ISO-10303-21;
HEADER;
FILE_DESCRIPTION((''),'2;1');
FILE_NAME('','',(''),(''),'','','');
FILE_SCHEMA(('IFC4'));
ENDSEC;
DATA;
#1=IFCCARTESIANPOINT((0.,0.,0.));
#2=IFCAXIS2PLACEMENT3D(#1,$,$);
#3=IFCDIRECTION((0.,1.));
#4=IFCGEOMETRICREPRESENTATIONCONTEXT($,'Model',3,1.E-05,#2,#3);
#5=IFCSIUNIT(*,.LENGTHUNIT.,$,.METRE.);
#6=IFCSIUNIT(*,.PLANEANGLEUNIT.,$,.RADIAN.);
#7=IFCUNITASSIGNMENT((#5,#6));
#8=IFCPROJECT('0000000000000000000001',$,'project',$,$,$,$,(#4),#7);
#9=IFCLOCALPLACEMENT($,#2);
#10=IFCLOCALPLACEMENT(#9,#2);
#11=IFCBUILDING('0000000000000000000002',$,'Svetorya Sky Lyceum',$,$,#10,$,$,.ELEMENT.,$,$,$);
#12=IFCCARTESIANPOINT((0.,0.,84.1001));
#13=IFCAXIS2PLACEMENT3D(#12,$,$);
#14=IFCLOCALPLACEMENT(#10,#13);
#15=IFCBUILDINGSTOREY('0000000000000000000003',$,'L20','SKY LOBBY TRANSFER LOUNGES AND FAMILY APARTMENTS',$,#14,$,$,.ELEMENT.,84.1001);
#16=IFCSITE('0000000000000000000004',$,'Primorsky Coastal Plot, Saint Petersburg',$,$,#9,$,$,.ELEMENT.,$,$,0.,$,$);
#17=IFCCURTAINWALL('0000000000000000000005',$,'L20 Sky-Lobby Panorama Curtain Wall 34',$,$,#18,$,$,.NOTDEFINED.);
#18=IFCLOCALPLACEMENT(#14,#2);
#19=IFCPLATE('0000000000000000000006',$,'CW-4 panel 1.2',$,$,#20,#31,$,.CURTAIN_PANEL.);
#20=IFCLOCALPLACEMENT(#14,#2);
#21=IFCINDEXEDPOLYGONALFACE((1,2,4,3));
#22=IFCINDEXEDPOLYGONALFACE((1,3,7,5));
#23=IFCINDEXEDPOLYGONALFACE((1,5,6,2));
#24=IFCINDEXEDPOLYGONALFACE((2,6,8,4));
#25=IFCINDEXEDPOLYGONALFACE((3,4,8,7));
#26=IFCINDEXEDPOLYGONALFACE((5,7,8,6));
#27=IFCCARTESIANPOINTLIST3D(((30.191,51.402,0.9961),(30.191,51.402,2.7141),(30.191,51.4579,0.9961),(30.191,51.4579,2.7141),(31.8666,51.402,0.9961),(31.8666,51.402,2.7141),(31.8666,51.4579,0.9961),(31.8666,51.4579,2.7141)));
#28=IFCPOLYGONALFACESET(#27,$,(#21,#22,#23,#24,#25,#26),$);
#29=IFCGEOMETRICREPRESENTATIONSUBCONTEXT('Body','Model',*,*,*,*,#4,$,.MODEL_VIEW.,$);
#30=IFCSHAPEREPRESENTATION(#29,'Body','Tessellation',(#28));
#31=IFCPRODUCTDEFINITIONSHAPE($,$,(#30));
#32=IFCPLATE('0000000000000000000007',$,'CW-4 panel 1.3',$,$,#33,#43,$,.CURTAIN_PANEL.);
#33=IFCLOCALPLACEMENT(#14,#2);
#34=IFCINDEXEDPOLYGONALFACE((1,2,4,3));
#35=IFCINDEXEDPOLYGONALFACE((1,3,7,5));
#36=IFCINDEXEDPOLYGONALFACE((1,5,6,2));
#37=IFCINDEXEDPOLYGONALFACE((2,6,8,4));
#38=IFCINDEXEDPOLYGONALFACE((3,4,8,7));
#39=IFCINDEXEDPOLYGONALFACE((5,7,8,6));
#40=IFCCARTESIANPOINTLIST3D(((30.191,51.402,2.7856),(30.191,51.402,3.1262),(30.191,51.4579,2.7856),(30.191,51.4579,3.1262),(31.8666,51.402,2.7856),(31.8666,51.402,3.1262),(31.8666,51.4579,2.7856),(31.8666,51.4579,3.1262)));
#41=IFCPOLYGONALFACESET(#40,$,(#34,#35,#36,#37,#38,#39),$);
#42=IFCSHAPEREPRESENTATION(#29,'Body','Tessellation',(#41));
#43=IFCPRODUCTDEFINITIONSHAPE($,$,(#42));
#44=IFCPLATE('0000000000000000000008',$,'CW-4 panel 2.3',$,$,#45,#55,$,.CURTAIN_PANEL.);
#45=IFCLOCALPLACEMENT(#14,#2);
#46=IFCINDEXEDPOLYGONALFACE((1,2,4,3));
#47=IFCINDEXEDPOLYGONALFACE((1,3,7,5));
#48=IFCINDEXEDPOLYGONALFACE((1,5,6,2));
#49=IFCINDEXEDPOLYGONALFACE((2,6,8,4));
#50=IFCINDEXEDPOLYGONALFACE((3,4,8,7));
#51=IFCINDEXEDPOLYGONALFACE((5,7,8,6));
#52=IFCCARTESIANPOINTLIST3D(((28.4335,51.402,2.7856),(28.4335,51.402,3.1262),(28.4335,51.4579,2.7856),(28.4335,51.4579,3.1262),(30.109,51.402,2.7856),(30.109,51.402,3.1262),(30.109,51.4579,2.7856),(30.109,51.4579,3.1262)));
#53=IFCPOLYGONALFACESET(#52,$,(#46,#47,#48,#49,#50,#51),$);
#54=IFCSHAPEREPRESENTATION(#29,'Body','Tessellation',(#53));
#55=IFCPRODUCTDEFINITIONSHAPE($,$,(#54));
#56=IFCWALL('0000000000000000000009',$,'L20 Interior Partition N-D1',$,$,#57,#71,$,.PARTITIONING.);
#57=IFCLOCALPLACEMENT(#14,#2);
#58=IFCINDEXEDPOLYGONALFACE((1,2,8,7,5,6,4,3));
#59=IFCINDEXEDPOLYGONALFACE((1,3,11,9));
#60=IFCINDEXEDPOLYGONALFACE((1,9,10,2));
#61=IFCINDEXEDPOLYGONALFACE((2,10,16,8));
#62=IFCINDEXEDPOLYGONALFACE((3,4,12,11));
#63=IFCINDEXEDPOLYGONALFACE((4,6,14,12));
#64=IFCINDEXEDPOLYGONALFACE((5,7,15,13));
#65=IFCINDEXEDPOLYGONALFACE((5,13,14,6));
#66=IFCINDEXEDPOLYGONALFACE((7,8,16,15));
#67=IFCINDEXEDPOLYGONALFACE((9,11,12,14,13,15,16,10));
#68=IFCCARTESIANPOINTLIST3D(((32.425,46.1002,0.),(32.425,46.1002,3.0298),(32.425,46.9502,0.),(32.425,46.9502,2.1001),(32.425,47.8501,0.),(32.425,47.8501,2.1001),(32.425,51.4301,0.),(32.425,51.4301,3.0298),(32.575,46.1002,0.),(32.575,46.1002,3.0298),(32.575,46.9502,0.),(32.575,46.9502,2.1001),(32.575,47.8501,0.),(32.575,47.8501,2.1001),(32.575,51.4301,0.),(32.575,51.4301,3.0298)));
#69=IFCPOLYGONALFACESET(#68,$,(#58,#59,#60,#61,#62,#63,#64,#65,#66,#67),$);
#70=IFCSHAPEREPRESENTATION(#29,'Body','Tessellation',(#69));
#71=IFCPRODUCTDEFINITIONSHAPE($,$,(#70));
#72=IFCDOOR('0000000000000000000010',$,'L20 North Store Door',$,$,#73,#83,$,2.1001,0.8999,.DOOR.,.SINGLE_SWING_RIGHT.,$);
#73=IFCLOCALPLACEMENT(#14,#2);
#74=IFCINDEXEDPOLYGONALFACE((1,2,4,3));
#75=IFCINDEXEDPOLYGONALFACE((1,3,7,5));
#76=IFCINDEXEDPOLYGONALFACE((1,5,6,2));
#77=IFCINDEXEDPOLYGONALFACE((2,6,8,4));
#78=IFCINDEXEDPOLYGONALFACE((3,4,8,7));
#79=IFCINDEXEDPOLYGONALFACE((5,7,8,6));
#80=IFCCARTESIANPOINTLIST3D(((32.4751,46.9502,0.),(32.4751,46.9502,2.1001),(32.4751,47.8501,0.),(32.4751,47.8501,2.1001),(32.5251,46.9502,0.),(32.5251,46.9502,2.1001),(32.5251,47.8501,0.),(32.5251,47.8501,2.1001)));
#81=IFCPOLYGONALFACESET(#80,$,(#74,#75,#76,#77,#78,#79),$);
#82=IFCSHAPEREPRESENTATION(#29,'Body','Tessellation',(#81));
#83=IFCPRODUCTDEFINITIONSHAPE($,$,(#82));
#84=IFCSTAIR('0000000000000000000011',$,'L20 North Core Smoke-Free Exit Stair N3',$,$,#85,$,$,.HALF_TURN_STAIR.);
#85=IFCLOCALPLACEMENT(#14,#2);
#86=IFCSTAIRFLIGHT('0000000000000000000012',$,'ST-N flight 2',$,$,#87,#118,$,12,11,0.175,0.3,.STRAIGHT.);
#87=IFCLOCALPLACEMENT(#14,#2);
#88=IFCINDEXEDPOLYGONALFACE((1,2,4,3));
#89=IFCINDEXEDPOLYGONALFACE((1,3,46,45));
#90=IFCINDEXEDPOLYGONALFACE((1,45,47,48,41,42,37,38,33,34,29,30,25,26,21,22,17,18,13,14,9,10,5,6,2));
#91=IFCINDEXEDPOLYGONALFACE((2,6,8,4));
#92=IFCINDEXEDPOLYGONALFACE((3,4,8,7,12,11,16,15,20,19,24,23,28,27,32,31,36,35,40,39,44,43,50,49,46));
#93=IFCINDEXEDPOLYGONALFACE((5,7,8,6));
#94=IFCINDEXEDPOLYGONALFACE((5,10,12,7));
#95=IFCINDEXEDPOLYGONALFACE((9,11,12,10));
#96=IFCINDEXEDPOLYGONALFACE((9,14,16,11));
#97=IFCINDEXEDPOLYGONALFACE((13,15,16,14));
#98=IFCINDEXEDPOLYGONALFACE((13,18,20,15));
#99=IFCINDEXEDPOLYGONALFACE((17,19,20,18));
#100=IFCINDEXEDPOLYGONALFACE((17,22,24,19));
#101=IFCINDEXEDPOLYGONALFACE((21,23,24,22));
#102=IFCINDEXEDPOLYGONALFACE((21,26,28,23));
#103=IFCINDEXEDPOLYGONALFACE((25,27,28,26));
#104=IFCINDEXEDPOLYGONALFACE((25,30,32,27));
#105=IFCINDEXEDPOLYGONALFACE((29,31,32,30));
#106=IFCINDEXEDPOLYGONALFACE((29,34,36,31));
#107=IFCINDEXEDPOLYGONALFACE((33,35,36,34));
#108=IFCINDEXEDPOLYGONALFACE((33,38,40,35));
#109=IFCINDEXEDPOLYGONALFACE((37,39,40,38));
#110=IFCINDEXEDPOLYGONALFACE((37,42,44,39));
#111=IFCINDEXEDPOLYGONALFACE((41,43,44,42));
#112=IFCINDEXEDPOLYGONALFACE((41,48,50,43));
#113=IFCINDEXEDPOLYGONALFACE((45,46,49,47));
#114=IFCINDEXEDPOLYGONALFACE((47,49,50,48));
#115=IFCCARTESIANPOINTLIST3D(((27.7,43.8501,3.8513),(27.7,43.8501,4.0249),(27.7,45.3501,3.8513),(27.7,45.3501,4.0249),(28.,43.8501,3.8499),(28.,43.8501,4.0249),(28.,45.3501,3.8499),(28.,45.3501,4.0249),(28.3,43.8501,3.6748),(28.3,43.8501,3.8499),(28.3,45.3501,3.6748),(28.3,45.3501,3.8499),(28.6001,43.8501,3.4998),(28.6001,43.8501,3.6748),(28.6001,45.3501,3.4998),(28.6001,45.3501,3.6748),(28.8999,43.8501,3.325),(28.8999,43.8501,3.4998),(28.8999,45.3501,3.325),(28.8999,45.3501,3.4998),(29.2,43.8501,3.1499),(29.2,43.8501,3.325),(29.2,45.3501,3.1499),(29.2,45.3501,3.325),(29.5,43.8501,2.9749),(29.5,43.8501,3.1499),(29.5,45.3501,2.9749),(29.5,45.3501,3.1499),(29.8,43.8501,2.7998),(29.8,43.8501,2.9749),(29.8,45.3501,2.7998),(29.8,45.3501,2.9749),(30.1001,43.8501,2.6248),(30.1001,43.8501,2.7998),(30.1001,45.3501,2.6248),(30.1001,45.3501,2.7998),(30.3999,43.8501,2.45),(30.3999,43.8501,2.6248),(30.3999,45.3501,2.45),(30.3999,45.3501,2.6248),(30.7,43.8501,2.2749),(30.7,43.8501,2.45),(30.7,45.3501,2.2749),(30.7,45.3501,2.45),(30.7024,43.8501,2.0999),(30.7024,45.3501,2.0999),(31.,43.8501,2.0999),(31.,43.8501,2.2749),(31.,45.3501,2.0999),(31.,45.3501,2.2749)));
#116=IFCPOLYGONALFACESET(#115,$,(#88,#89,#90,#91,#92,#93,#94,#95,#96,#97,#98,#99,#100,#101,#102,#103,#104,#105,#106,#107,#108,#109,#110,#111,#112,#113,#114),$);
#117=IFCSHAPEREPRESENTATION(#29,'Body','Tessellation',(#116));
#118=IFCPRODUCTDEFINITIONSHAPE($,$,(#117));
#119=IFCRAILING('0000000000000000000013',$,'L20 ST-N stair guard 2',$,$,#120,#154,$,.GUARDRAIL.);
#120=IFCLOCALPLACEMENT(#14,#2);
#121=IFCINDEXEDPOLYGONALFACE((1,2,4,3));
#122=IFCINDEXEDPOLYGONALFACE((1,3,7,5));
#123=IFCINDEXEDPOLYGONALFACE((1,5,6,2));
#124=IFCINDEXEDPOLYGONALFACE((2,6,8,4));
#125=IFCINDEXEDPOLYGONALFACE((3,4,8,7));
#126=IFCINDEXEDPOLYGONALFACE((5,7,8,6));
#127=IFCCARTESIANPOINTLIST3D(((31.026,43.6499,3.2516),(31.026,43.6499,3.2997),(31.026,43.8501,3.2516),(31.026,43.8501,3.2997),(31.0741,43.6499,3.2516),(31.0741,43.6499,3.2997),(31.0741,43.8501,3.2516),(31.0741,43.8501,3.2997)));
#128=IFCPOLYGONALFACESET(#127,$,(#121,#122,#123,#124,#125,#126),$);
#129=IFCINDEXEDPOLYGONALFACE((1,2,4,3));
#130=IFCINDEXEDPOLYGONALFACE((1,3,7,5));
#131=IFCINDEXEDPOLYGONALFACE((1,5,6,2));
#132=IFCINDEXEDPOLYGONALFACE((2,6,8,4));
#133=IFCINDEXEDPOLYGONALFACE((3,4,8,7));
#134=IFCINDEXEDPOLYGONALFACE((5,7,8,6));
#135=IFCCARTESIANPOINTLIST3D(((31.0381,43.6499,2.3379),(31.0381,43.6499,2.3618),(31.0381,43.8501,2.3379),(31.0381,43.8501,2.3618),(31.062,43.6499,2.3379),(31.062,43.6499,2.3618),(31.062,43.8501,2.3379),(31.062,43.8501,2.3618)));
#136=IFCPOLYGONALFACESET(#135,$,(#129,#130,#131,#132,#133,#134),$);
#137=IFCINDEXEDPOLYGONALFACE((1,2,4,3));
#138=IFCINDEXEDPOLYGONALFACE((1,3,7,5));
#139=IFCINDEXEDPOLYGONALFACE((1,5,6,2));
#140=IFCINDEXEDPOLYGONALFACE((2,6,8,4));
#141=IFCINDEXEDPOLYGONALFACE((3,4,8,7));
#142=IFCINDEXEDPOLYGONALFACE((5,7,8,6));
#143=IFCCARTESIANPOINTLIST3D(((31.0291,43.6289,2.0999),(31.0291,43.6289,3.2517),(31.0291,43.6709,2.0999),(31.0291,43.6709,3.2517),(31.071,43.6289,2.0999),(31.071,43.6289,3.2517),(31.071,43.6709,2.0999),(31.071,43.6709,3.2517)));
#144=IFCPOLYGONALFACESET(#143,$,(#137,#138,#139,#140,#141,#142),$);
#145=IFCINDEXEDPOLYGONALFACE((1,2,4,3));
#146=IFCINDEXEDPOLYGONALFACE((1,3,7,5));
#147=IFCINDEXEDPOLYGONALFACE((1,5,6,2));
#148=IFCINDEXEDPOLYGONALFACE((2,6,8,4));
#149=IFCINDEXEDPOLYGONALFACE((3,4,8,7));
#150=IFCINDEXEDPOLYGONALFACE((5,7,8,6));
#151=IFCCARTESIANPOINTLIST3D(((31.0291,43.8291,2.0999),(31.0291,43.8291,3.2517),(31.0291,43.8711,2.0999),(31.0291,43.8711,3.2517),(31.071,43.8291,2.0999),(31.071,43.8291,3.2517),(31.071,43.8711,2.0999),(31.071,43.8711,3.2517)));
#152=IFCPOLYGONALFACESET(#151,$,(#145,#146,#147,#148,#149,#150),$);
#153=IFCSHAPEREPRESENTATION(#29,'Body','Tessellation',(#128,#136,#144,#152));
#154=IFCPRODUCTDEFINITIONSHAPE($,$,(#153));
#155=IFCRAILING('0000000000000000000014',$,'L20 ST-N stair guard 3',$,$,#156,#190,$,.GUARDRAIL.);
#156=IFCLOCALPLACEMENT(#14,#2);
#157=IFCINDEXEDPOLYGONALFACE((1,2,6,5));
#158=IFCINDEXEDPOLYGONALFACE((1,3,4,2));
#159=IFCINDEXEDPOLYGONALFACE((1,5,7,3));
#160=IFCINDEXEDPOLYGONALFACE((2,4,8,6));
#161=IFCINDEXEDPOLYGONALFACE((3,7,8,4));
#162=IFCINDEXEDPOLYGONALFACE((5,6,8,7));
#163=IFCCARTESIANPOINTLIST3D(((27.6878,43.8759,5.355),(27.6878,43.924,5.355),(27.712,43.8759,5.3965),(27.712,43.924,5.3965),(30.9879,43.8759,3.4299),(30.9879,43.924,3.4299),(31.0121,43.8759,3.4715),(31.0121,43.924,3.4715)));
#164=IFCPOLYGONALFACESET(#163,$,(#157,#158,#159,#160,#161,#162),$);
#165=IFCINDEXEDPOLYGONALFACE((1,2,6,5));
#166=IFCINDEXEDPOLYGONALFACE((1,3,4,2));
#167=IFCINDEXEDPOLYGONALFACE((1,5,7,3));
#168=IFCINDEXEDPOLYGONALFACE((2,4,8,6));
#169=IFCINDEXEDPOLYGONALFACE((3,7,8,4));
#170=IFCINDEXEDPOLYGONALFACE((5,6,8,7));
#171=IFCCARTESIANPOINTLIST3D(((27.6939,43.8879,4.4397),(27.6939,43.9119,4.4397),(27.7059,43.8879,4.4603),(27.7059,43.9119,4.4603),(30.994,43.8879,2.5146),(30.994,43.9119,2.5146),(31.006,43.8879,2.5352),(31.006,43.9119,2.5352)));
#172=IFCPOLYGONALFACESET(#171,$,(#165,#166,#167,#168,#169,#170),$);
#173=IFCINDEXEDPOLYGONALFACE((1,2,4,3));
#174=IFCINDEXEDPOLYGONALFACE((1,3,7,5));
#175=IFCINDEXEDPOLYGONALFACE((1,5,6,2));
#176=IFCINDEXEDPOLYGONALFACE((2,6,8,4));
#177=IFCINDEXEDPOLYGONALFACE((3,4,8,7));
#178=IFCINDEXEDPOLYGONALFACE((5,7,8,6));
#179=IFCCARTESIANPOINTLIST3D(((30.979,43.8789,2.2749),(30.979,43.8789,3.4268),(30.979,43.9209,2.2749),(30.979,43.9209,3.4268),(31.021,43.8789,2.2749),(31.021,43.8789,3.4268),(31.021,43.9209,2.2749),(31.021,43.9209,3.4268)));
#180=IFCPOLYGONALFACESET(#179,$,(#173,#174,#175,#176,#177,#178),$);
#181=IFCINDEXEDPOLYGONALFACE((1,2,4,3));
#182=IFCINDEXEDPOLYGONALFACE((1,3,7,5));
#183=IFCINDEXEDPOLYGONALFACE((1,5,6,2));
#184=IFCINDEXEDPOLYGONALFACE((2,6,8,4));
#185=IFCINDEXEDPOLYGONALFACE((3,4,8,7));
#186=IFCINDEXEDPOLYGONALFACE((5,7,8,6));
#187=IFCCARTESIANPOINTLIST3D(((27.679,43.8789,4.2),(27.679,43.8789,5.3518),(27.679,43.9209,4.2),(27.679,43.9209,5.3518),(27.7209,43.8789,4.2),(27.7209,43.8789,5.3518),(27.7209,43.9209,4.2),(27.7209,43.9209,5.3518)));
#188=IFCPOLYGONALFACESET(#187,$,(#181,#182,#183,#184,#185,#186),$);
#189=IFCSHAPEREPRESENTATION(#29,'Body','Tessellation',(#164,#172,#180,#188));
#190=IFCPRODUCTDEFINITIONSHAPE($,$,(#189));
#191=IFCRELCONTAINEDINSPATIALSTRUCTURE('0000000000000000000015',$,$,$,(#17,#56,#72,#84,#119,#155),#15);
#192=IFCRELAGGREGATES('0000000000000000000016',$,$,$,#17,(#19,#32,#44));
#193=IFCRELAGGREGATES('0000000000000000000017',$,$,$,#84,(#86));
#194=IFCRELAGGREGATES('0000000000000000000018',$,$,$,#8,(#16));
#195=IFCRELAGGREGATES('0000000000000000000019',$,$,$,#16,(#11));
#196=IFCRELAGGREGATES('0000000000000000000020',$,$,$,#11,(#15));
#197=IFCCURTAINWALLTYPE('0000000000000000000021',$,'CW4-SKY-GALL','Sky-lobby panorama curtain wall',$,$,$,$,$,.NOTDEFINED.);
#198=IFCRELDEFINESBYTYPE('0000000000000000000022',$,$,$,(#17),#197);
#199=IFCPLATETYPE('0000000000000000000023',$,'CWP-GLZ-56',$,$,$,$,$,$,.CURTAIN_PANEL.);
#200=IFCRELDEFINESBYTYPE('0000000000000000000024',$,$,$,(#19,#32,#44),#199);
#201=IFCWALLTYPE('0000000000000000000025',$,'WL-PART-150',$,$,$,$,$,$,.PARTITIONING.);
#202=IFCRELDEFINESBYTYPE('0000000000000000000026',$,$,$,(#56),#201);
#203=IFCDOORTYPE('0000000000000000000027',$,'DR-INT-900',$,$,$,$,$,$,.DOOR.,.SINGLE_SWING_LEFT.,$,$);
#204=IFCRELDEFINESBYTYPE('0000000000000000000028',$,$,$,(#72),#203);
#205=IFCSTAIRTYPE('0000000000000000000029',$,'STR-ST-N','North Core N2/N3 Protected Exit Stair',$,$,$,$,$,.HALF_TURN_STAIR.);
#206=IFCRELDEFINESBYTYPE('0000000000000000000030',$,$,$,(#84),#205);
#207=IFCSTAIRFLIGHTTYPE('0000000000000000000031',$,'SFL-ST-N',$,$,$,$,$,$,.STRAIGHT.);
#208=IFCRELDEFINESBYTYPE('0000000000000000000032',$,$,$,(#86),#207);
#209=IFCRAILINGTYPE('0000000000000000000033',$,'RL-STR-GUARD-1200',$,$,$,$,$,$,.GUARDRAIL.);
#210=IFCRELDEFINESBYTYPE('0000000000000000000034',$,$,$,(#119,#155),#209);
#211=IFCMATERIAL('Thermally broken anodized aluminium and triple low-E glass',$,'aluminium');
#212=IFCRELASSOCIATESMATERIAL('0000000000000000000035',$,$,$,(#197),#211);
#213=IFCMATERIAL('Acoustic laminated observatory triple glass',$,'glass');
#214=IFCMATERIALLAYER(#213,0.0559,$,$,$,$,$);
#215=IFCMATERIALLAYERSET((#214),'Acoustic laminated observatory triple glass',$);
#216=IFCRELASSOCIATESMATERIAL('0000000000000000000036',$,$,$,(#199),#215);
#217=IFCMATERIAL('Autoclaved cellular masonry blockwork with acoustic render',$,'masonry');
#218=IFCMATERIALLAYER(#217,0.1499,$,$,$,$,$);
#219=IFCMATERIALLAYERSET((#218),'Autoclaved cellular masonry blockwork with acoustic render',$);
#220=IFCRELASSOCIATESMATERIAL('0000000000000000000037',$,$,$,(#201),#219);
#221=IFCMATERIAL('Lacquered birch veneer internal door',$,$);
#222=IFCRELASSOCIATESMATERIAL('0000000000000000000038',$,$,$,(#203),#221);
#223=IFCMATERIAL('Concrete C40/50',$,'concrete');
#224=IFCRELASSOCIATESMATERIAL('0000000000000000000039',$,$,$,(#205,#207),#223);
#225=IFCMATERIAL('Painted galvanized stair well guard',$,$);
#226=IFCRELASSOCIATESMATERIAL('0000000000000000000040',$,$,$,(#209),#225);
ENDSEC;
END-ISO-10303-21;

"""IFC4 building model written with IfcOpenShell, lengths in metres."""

from ifc_helpers import new_model, si_unit, direction, frame, frame_2d, origin, origin_2d, place, context, subcontext, project, spatial, polyline, rectangle, outline, extrude, material, layer, layer_set, type_object, element, fill, aggregate, save


model = new_model("IFC4")

# Units and contexts
model_context = context("Model", 3, precision=1e-05, world=origin(), true_north=direction((0.0, 1.0)))
body_context = subcontext(model_context, "Body", "Model", "MODEL_VIEW")
ifc_project = project(units=[si_unit("LENGTHUNIT", "METRE"), si_unit("PLANEANGLEUNIT", "RADIAN")], contexts=[model_context])

# Site, building, storey
site_placement = place(None, origin())
site = spatial("IfcSite", under=ifc_project, at=site_placement, Name="Primorsky Coastal Plot, Saint Petersburg", CompositionType="ELEMENT", RefElevation=0.0)
building_placement = place(site_placement, origin())
building = spatial("IfcBuilding", under=site, at=building_placement, Name="Svetorya Sky Lyceum", CompositionType="ELEMENT")
storey_placement = place(building_placement, frame((0.0, 0.0, 84.1001)))
storey = spatial("IfcBuildingStorey", under=building, at=storey_placement, Name="L20", Description="SKY LOBBY TRANSFER LOUNGES AND FAMILY APARTMENTS", CompositionType="ELEMENT", Elevation=84.1001)

# Curtain wall, plates
ifc_material_1 = material(Name="Thermally broken anodized aluminium and triple low-E glass", Category="aluminium")
curtain_wall_type = type_object("IfcCurtainWallType", Name="CW4-SKY-GALL", Description="Sky-lobby panorama curtain wall", PredefinedType="NOTDEFINED", material=ifc_material_1)
curtain_wall_placement = place(storey_placement, origin())
curtain_wall = element("IfcCurtainWall", 1, at=curtain_wall_placement, inside=storey, type_object=curtain_wall_type, Name="L20 Sky-Lobby Panorama Curtain Wall 34", PredefinedType="NOTDEFINED")
ifc_material_2 = material(Name="Acoustic laminated observatory triple glass", Category="glass")
ifc_layer_1 = layer(ifc_material_2, 0.0559)
ifc_layer_set_1 = layer_set([ifc_layer_1], Name="Acoustic laminated observatory triple glass")
plate_type = type_object("IfcPlateType", Name="CWP-GLZ-56", PredefinedType="CURTAIN_PANEL", material=ifc_layer_set_1)
plate_1_placement = place(storey_placement, frame((31.0288, 51.4299, 0.9961), z_axis=(0.0, 0.0, 1.0), x_axis=(-1.0, 0.0, 0.0)))
plate_1 = element("IfcPlate", 2, at=plate_1_placement, type_object=plate_type, Name="CW-4 panel 1.2", PredefinedType="CURTAIN_PANEL", context=body_context, shape_type="SweptSolid", body=[
    extrude(rectangle(XDim=1.6755, YDim=0.0559, at=origin_2d()), origin(), (0.0, 0.0, 1.0), 1.718),
])
plate_2_placement = place(storey_placement, frame((31.0288, 51.4299, 2.7856), z_axis=(0.0, 0.0, 1.0), x_axis=(-1.0, 0.0, 0.0)))
plate_2 = element("IfcPlate", 3, at=plate_2_placement, type_object=plate_type, Name="CW-4 panel 1.3", PredefinedType="CURTAIN_PANEL", context=body_context, shape_type="SweptSolid", body=[
    extrude(rectangle(XDim=1.6755, YDim=0.0559, at=origin_2d()), origin(), (0.0, 0.0, 1.0), 0.3406),
])
plate_3_placement = place(storey_placement, frame((29.2712, 51.4299, 2.7856), z_axis=(0.0, 0.0, 1.0), x_axis=(-1.0, 0.0, 0.0)))
plate_3 = element("IfcPlate", 4, at=plate_3_placement, type_object=plate_type, Name="CW-4 panel 2.3", PredefinedType="CURTAIN_PANEL", context=body_context, shape_type="SweptSolid", body=[
    extrude(rectangle(XDim=1.6755, YDim=0.0559, at=origin_2d()), origin(), (0.0, 0.0, 1.0), 0.3406),
])
aggregate(curtain_wall, [plate_1, plate_2, plate_3])

# Wall, opening, door
ifc_material_3 = material(Name="Autoclaved cellular masonry blockwork with acoustic render", Category="masonry")
ifc_layer_2 = layer(ifc_material_3, 0.1499)
ifc_layer_set_2 = layer_set([ifc_layer_2], Name="Autoclaved cellular masonry blockwork with acoustic render")
wall_type = type_object("IfcWallType", Name="WL-PART-150", PredefinedType="PARTITIONING", material=ifc_layer_set_2)
wall_placement = place(storey_placement, frame((32.5, 46.1001, 0.0), z_axis=(0.0, 0.0, 1.0), x_axis=(0.0, 1.0, 0.0)))
wall = element("IfcWall", 5, at=wall_placement, inside=storey, type_object=wall_type, Name="L20 Interior Partition N-D1", PredefinedType="PARTITIONING", context=body_context, shape_type="SweptSolid", body=[
    extrude(rectangle(XDim=5.3298, YDim=0.1499, at=frame_2d((2.665, 0.0))), origin(), (0.0, 0.0, 1.0), 3.0298),
])
opening_placement = place(wall_placement, frame((0.8501, 0.0, 0.0)))
opening = element("IfcOpeningElement", 6, at=opening_placement, cuts=wall, PredefinedType="OPENING", context=body_context, shape_type="SweptSolid", body=[
    extrude(rectangle(XDim=0.8999, YDim=2.1001, at=frame_2d((0.45, 1.05))), frame((0.0, 0.085, 0.0), z_axis=(0.0, -1.0, 0.0), x_axis=(1.0, 0.0, 0.0)), (0.0, 0.0, 1.0), 0.1699),
])
ifc_material_4 = material(Name="Lacquered birch veneer internal door")
door_type = type_object("IfcDoorType", Name="DR-INT-900", OperationType="SINGLE_SWING_LEFT", PredefinedType="DOOR", material=ifc_material_4)
door_placement = place(opening_placement, origin())
door = element("IfcDoor", 7, at=door_placement, inside=storey, type_object=door_type, Name="L20 North Store Door", OperationType="SINGLE_SWING_RIGHT", OverallHeight=2.1001, OverallWidth=0.8999, PredefinedType="DOOR", context=body_context, shape_type="SweptSolid", body=[
    extrude(rectangle(XDim=0.8999, YDim=2.1001, at=frame_2d((0.45, 1.05))), frame((0.0, 0.0249, 0.0), z_axis=(0.0, -1.0, 0.0), x_axis=(1.0, 0.0, 0.0)), (0.0, 0.0, 1.0), 0.05),
])
fill(opening, door)

# Stair, stair flight
ifc_material_5 = material(Name="Concrete C40/50", Category="concrete")
stair_type = type_object("IfcStairType", Name="STR-ST-N", Description="North Core N2/N3 Protected Exit Stair", PredefinedType="HALF_TURN_STAIR", material=ifc_material_5)
stair_placement = place(storey_placement, origin())
stair = element("IfcStair", 8, at=stair_placement, inside=storey, type_object=stair_type, Name="L20 North Core Smoke-Free Exit Stair N3", PredefinedType="HALF_TURN_STAIR")
stair_flight_type = type_object("IfcStairFlightType", Name="SFL-ST-N", PredefinedType="STRAIGHT", material=ifc_material_5)
stair_flight_placement = place(storey_placement, frame((31.0, 44.6001, 2.0999), z_axis=(0.0, 0.0, 1.0), x_axis=(-1.0, 0.0, 0.0)))
stair_flight = element("IfcStairFlight", 9, at=stair_flight_placement, type_object=stair_flight_type, Name="ST-N flight 2", NumberOfRisers=12, NumberOfTreads=11, PredefinedType="STRAIGHT", RiserHeight=0.175, TreadLength=0.3, context=body_context, shape_type="SweptSolid", body=[
    extrude(outline(polyline([(0.0, 0.0), (0.0, 0.175), (0.3, 0.175), (0.3, 0.3501), (0.6001, 0.3501), (0.6001, 0.5249), (0.8999, 0.5249), (0.8999, 0.7), (1.2, 0.7), (1.2, 0.875), (1.5, 0.875), (1.5, 1.05), (1.8, 1.05), (1.8, 1.2251), (2.1001, 1.2251), (2.1001, 1.3999), (2.3999, 1.3999), (2.3999, 1.575), (2.7, 1.575), (2.7, 1.75), (3.0, 1.75), (3.0, 1.925), (3.3, 1.925), (3.3, 2.1001), (3.3, 1.7515), (0.2976, 0.0), (0.0, 0.0)])), frame((0.0, 0.75, 0.0), z_axis=(0.0, -1.0, 0.0), x_axis=(1.0, 0.0, 0.0)), (0.0, 0.0, 1.0), 1.5),
])
aggregate(stair, [stair_flight])

# Railings
ifc_material_6 = material(Name="Painted galvanized stair well guard")
railing_type_1 = type_object("IfcRailingType", Name="RL-STR-GUARD-1200", PredefinedType="GUARDRAIL", material=ifc_material_6)
railing_1_placement = place(storey_placement, frame((31.05, 43.6499, 2.0999)))
element("IfcRailing", 10, at=railing_1_placement, inside=storey, type_object=railing_type_1, Name="L20 ST-N stair guard 2", PredefinedType="GUARDRAIL", context=body_context, shape_type="SweptSolid", body=[
    extrude(rectangle(XDim=0.0481, YDim=0.0481, at=origin_2d()), frame((0.0, 0.0, 1.1758), z_axis=(0.0, 1.0, 0.0), x_axis=(-1.0, 0.0, 0.0)), (0.0, 0.0, 1.0), 0.2002),
    extrude(rectangle(XDim=0.0239, YDim=0.0239, at=origin_2d()), frame((0.0, 0.0, 0.25), z_axis=(0.0, 1.0, 0.0), x_axis=(-1.0, 0.0, 0.0)), (0.0, 0.0, 1.0), 0.2002),
    extrude(rectangle(XDim=0.042, YDim=0.042, at=origin_2d()), origin(), (0.0, 0.0, 1.0), 1.1519),
    extrude(rectangle(XDim=0.042, YDim=0.042, at=origin_2d()), frame((0.0, 0.2002, 0.0)), (0.0, 0.0, 1.0), 1.1519),
])
railing_2_placement = place(storey_placement, frame((31.0, 43.8999, 2.2749)))
element("IfcRailing", 11, at=railing_2_placement, inside=storey, type_object=railing_type_1, Name="L20 ST-N stair guard 3", PredefinedType="GUARDRAIL", context=body_context, shape_type="SweptSolid", body=[
    extrude(rectangle(XDim=0.0481, YDim=0.0481, at=origin_2d()), frame((0.0, 0.0, 1.1758), z_axis=(-0.863777, 0.0, 0.503875), x_axis=(0.0, -1.0, 0.0)), (0.0, 0.0, 1.0), 3.8206),
    extrude(rectangle(XDim=0.0239, YDim=0.0239, at=origin_2d()), frame((0.0, 0.0, 0.25), z_axis=(-0.863777, 0.0, 0.503875), x_axis=(0.0, -1.0, 0.0)), (0.0, 0.0, 1.0), 3.8206),
    extrude(rectangle(XDim=0.042, YDim=0.042, at=origin_2d()), origin(), (0.0, 0.0, 1.0), 1.1519),
    extrude(rectangle(XDim=0.042, YDim=0.042, at=origin_2d()), frame((-3.3, 0.0, 1.925)), (0.0, 0.0, 1.0), 1.1519),
])

save(model, "model.ifc")
